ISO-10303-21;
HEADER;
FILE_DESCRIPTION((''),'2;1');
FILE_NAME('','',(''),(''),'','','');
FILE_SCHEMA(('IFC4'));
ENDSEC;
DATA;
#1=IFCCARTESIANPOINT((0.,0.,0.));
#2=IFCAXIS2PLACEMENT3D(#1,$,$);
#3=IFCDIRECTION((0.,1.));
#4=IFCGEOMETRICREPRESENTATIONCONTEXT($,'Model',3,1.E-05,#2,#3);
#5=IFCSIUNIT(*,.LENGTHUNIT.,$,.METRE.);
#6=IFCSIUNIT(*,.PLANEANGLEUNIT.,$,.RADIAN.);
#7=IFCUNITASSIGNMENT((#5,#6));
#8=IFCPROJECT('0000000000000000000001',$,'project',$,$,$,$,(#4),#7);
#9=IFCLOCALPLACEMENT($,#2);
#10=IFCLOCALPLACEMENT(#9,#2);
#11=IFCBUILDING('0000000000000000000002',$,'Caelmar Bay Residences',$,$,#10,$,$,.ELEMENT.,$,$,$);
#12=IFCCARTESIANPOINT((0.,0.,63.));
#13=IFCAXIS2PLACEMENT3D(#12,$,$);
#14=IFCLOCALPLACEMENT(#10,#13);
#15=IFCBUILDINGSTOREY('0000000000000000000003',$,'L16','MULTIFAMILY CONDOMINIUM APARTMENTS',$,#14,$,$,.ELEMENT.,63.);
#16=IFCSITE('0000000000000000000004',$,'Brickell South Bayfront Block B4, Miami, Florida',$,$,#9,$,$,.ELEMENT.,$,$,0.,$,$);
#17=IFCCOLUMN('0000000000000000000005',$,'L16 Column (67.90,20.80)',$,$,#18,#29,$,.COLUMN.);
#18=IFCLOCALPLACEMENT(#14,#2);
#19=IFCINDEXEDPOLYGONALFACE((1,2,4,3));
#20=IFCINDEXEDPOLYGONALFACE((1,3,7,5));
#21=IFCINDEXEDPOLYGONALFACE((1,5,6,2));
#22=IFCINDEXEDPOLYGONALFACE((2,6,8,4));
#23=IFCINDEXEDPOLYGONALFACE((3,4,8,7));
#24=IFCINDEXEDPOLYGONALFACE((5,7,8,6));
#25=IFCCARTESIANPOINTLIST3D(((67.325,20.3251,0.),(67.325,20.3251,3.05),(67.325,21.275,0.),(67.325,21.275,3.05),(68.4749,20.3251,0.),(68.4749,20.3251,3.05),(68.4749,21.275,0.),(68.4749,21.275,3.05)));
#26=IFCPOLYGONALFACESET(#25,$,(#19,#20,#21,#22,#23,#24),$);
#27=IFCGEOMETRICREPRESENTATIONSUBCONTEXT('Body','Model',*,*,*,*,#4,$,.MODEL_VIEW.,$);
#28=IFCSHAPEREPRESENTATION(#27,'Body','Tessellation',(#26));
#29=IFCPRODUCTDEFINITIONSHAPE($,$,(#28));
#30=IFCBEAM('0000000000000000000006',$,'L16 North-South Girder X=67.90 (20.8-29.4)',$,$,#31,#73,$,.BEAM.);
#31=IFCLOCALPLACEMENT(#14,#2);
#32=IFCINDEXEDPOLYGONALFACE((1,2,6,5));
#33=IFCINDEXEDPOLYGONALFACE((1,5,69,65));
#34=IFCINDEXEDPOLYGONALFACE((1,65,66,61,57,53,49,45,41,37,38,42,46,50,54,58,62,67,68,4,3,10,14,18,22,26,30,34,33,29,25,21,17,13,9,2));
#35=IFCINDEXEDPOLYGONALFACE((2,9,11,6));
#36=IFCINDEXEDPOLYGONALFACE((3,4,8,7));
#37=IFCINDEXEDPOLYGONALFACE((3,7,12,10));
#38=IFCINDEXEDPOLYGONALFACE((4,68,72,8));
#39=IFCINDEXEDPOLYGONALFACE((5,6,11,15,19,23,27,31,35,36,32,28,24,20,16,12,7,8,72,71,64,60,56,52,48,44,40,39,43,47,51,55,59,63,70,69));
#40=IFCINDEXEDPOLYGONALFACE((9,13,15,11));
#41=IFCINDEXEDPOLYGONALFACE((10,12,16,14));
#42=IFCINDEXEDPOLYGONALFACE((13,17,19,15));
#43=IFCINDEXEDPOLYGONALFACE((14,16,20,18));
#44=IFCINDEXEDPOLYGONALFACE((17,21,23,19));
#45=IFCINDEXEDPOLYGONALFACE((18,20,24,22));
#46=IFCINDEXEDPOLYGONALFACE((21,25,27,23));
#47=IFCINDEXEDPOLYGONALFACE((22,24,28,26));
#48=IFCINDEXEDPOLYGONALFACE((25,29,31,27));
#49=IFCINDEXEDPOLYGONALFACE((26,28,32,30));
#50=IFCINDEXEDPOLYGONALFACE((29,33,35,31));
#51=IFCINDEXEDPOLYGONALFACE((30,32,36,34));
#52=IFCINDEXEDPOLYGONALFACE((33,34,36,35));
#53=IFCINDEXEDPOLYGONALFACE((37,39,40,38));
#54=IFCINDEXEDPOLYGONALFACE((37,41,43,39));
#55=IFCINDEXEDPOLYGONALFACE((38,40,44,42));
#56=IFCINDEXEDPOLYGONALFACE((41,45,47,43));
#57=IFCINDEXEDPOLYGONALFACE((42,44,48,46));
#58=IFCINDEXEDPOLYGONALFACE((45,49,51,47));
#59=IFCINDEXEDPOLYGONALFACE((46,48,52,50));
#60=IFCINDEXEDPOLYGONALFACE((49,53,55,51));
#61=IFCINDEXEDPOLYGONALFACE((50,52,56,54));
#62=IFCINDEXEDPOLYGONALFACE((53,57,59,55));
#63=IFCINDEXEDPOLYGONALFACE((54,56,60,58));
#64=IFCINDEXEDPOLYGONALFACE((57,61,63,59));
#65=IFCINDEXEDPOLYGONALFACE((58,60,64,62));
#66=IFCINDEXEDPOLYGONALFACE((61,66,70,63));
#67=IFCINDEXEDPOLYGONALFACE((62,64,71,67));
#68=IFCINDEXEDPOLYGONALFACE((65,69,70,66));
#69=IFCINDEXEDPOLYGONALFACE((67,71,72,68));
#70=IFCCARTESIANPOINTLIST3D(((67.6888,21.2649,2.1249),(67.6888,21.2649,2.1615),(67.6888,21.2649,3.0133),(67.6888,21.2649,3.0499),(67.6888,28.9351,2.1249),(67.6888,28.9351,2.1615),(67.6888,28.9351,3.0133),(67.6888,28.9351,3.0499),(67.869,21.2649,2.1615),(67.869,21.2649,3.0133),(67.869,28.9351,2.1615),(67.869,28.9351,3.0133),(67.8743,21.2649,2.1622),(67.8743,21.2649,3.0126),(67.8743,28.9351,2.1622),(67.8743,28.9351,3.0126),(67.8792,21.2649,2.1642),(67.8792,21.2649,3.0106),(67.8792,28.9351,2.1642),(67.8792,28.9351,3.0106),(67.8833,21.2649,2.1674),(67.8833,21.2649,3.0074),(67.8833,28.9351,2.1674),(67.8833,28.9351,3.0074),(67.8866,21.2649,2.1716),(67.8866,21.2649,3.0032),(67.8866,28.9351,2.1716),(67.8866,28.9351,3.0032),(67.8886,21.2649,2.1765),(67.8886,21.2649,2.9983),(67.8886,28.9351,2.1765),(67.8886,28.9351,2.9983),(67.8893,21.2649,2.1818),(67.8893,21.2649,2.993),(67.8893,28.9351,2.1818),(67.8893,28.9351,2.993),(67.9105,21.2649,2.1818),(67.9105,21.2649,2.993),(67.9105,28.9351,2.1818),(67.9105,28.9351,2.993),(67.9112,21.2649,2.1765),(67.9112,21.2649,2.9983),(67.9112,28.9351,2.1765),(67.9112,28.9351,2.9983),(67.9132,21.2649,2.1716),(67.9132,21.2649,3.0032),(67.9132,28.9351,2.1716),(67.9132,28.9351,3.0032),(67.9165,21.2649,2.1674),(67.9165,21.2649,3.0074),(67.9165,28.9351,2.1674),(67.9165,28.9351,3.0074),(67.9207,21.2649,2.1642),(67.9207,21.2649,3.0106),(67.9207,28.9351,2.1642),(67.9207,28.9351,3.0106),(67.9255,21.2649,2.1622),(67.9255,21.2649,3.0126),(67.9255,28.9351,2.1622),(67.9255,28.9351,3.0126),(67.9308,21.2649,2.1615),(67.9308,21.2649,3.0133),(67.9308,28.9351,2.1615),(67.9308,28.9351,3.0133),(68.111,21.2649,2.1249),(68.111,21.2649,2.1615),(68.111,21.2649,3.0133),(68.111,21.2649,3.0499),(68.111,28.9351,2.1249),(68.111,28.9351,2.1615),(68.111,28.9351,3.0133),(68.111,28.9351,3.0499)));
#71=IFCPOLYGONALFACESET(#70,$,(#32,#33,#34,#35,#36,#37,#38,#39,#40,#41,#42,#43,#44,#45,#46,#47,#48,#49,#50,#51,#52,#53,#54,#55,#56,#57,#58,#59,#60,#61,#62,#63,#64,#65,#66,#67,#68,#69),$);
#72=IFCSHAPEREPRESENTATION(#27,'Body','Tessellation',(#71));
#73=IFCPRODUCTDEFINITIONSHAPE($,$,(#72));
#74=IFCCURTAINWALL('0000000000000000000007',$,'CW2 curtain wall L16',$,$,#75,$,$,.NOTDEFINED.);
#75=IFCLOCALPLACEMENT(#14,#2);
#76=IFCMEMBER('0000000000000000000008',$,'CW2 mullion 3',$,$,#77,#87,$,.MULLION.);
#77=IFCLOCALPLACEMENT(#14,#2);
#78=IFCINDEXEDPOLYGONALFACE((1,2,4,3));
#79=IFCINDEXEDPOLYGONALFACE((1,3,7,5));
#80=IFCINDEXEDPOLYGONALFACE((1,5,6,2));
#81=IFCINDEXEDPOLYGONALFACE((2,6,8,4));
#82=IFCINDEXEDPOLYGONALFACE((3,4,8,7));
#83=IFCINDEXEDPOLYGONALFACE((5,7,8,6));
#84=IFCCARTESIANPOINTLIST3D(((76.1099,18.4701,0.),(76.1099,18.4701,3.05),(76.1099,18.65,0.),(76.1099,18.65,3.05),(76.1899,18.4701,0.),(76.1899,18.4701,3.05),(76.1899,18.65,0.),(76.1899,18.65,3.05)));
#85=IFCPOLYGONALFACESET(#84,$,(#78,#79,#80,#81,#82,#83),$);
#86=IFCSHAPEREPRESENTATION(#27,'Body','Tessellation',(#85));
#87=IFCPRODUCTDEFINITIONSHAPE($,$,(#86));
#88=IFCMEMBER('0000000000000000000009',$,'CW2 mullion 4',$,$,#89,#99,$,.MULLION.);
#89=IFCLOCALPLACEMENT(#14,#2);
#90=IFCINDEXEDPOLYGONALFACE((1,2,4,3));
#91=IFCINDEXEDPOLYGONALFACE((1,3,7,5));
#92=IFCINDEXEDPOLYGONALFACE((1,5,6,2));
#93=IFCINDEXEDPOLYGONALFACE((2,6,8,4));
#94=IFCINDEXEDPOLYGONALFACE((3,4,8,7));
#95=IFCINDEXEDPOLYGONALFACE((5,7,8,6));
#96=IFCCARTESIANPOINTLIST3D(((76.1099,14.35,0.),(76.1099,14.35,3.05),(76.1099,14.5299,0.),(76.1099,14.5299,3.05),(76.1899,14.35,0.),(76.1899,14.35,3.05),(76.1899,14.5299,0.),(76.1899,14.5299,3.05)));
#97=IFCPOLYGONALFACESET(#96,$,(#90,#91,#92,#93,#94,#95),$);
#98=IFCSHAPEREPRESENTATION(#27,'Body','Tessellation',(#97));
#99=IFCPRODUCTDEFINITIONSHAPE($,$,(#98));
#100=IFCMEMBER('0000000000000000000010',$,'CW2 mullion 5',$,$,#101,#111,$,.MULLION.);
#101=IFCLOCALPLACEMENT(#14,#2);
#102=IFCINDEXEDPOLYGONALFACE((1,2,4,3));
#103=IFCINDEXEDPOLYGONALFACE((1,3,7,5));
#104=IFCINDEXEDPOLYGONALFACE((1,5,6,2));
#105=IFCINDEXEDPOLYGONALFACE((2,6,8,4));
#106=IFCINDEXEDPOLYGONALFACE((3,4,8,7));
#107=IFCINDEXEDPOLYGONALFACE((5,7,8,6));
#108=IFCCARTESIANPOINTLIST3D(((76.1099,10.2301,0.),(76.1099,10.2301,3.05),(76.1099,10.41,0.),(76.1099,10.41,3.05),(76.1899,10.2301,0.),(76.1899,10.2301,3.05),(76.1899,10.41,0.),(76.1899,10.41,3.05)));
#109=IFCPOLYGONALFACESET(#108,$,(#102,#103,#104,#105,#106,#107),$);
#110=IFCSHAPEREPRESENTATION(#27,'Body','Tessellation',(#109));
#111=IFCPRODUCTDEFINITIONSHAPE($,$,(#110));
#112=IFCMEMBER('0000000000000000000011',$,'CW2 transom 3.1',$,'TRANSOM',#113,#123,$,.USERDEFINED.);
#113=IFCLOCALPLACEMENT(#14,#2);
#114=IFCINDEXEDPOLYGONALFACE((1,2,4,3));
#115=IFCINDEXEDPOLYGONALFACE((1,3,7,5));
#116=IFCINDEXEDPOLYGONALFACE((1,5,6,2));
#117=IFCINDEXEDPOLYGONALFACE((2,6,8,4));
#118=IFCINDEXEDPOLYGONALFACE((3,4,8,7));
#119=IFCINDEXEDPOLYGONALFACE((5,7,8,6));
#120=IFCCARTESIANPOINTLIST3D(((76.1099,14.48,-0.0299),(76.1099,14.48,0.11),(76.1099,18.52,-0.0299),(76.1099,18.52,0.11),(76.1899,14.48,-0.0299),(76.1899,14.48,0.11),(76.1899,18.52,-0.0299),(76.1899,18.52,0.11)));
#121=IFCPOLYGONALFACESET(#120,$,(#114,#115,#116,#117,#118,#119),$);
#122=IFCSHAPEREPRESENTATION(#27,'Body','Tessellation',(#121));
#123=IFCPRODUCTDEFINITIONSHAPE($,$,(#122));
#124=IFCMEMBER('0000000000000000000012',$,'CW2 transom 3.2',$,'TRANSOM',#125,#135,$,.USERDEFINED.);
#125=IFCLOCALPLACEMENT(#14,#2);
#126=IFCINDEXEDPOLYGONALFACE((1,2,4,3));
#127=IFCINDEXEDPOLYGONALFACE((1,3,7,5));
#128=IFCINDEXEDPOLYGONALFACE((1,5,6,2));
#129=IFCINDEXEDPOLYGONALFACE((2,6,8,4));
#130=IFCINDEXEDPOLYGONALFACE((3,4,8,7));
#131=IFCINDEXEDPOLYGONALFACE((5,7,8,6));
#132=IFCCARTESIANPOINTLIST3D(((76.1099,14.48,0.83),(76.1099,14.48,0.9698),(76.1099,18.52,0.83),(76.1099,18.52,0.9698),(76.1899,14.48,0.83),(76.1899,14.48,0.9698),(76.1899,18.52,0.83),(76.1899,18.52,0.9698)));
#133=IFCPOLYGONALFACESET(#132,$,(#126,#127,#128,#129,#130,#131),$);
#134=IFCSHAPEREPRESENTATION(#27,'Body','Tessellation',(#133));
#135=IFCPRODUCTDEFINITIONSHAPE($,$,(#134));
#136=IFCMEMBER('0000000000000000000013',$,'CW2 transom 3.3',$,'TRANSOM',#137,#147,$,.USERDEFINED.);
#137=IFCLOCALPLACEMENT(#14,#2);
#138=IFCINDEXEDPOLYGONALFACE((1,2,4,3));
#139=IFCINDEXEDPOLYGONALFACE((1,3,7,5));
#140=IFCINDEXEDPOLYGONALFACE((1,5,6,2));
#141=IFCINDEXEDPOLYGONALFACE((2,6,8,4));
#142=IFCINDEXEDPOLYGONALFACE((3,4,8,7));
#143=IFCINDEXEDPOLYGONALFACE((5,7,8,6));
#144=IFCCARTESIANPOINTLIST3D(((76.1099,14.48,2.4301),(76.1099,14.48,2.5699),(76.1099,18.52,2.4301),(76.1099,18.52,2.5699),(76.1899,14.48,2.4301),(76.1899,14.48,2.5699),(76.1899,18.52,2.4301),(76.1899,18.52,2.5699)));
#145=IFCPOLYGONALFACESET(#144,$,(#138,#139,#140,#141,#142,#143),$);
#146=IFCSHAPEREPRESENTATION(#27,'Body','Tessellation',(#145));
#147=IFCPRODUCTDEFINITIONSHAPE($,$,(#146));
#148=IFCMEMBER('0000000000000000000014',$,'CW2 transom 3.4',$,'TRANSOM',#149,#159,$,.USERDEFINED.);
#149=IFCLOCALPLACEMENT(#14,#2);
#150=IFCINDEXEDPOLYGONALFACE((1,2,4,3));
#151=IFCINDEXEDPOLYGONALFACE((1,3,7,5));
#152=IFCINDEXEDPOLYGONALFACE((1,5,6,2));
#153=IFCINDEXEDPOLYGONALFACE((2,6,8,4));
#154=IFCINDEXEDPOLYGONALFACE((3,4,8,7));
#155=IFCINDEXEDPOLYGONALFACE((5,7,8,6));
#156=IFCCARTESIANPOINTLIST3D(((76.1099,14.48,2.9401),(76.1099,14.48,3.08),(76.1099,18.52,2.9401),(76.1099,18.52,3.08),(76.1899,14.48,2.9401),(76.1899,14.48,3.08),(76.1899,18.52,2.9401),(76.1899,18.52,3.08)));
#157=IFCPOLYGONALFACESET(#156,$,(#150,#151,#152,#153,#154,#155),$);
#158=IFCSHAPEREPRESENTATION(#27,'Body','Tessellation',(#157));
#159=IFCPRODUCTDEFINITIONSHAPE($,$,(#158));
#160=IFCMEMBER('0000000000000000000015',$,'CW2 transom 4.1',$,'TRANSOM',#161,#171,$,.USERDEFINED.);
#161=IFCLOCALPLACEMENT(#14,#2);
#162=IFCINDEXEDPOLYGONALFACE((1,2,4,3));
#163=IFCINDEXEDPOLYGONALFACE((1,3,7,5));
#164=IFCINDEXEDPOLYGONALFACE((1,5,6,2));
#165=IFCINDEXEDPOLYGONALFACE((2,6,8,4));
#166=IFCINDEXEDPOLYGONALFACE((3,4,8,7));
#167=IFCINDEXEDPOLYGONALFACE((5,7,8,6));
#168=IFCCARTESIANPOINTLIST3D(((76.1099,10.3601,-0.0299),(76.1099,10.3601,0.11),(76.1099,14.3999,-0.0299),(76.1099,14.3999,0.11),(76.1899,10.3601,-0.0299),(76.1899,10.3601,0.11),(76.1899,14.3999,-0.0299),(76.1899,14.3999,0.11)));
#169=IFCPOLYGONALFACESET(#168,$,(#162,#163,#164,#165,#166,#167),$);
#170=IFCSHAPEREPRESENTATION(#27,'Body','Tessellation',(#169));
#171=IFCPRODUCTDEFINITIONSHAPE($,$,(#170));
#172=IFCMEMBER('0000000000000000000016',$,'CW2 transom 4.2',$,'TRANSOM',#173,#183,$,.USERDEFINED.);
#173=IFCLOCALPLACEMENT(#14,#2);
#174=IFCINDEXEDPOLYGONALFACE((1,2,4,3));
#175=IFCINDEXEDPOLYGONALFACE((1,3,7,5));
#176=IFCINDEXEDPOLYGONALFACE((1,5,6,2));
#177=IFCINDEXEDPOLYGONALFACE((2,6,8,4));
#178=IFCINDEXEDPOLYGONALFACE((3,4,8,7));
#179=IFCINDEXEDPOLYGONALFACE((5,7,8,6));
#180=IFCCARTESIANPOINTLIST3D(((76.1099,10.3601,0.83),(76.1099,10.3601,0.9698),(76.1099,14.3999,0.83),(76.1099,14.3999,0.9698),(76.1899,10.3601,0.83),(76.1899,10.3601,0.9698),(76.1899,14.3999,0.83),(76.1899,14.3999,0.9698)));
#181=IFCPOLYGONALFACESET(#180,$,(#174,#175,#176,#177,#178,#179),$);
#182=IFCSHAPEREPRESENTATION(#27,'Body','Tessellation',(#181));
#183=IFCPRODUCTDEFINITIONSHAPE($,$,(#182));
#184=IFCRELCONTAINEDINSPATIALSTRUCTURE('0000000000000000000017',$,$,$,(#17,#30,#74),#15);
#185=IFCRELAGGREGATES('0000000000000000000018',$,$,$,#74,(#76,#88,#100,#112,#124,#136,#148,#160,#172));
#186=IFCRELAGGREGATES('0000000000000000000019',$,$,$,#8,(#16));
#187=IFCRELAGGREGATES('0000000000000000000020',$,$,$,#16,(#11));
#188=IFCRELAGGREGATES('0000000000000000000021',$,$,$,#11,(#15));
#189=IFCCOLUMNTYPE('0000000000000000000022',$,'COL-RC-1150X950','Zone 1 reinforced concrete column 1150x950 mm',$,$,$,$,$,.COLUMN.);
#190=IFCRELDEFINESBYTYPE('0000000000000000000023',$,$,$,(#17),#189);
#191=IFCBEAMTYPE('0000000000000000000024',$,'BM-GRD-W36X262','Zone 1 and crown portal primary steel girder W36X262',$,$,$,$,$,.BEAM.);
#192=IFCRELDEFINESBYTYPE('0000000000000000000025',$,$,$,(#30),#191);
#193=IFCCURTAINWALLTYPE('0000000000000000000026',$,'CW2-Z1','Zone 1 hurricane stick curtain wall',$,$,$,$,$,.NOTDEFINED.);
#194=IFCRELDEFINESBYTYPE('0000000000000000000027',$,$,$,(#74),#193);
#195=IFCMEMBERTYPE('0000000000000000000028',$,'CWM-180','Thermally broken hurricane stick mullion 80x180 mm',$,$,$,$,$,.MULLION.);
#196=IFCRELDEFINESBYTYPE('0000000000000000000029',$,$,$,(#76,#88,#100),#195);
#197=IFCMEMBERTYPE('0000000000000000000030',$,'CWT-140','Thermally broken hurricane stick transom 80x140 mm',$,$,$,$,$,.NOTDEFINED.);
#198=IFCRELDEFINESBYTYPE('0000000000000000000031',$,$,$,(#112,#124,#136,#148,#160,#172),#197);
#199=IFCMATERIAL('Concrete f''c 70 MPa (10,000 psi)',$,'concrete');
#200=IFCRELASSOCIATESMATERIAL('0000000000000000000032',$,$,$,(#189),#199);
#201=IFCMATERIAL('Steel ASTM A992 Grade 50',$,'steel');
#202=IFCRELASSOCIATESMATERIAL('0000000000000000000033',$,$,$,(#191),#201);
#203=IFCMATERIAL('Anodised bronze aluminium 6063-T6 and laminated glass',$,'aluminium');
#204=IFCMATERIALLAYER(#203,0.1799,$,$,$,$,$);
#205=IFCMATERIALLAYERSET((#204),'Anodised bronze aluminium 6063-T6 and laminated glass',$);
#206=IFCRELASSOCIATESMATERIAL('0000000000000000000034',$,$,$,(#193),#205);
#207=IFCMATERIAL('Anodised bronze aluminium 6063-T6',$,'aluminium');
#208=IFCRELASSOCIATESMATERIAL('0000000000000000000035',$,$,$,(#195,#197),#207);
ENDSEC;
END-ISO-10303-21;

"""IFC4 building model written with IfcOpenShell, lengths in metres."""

from ifc_helpers import new_model, si_unit, direction, frame, origin, origin_2d, place, context, subcontext, project, spatial, rectangle, i_section, extrude, material, layer, layer_set, material_profile, profile_set, type_object, element, aggregate, save


model = new_model("IFC4")

# Units and contexts
model_context = context("Model", 3, precision=1e-05, world=origin(), true_north=direction((0.0, 1.0)))
body_context = subcontext(model_context, "Body", "Model", "MODEL_VIEW")
ifc_project = project(units=[si_unit("LENGTHUNIT", "METRE"), si_unit("PLANEANGLEUNIT", "RADIAN")], contexts=[model_context])

# Site, building, storey
site_placement = place(None, origin())
site = spatial("IfcSite", under=ifc_project, at=site_placement, Name="Brickell South Bayfront Block B4, Miami, Florida", CompositionType="ELEMENT", RefElevation=0.0)
building_placement = place(site_placement, origin())
building = spatial("IfcBuilding", under=site, at=building_placement, Name="Caelmar Bay Residences", CompositionType="ELEMENT")
storey_placement = place(building_placement, frame((0.0, 0.0, 63.0)))
storey = spatial("IfcBuildingStorey", under=building, at=storey_placement, Name="L16", Description="MULTIFAMILY CONDOMINIUM APARTMENTS", CompositionType="ELEMENT", Elevation=63.0)

# Column
ifc_material_1 = material(Name="Concrete f'c 70 MPa (10,000 psi)", Category="concrete")
ifc_material_profile_1 = material_profile(ifc_material_1, rectangle(XDim=1.1499, YDim=0.95, at=origin_2d()), Name="RC-COL-1150X950")
ifc_profile_set_1 = profile_set([ifc_material_profile_1], Name="Concrete f'c 70 MPa (10,000 psi)")
column_type = type_object("IfcColumnType", Name="COL-RC-1150X950", Description="Zone 1 reinforced concrete column 1150x950 mm", PredefinedType="COLUMN", material=ifc_profile_set_1)
column_placement = place(storey_placement, frame((67.8999, 20.8, 0.0), z_axis=(0.0, 0.0, 1.0), x_axis=(1.0, 0.0, 0.0)))
element("IfcColumn", 1, at=column_placement, inside=storey, type_object=column_type, Name="L16 Column (67.90,20.80)", PredefinedType="COLUMN", context=body_context, shape_type="SweptSolid", body=[
    extrude(rectangle(XDim=1.1499, YDim=0.95, at=origin_2d()), origin(), (0.0, 0.0, 1.0), 3.05),
])

# Beam
ifc_material_2 = material(Name="Steel ASTM A992 Grade 50", Category="steel")
ifc_material_profile_2 = material_profile(ifc_material_2, i_section(OverallWidth=0.4221, OverallDepth=0.925, WebThickness=0.0212, FlangeThickness=0.0366, FilletRadius=0.0203, at=origin_2d()), Name="W36X262")
ifc_profile_set_2 = profile_set([ifc_material_profile_2], Name="Steel ASTM A992 Grade 50")
beam_type = type_object("IfcBeamType", Name="BM-GRD-W36X262", Description="Zone 1 and crown portal primary steel girder W36X262", PredefinedType="BEAM", material=ifc_profile_set_2)
beam_placement = place(storey_placement, frame((67.8999, 21.2649, 2.5874), z_axis=(0.0, 1.0, 0.0), x_axis=(-1.0, 0.0, 0.0)))
element("IfcBeam", 2, at=beam_placement, inside=storey, type_object=beam_type, Name="L16 North-South Girder X=67.90 (20.8-29.4)", PredefinedType="BEAM", context=body_context, shape_type="SweptSolid", body=[
    extrude(i_section(OverallWidth=0.4221, OverallDepth=0.925, WebThickness=0.0212, FlangeThickness=0.0366, FilletRadius=0.0203, at=origin_2d()), origin(), (0.0, 0.0, 1.0), 7.6702),
])

# Curtain wall, members
ifc_material_3 = material(Name="Anodised bronze aluminium 6063-T6 and laminated glass", Category="aluminium")
ifc_layer_1 = layer(ifc_material_3, 0.1799)
ifc_layer_set_1 = layer_set([ifc_layer_1], Name="Anodised bronze aluminium 6063-T6 and laminated glass")
curtain_wall_type = type_object("IfcCurtainWallType", Name="CW2-Z1", Description="Zone 1 hurricane stick curtain wall", PredefinedType="NOTDEFINED", material=ifc_layer_set_1)
curtain_wall_placement = place(storey_placement, origin())
curtain_wall = element("IfcCurtainWall", 3, at=curtain_wall_placement, inside=storey, type_object=curtain_wall_type, Name="CW2 curtain wall L16", PredefinedType="NOTDEFINED")
ifc_material_4 = material(Name="Anodised bronze aluminium 6063-T6", Category="aluminium")
ifc_material_profile_3 = material_profile(ifc_material_4, rectangle(XDim=0.0801, YDim=0.1799, at=origin_2d()), Name="CWM-80X180")
ifc_profile_set_3 = profile_set([ifc_material_profile_3], Name="Anodised bronze aluminium 6063-T6")
member_type_1 = type_object("IfcMemberType", Name="CWM-180", Description="Thermally broken hurricane stick mullion 80x180 mm", PredefinedType="MULLION", material=ifc_profile_set_3)
member_1_placement = place(storey_placement, frame((76.1499, 18.5601, 0.0), z_axis=(0.0, 0.0, 1.0), x_axis=(1.0, 0.0, 0.0)))
member_1 = element("IfcMember", 4, at=member_1_placement, type_object=member_type_1, Name="CW2 mullion 3", PredefinedType="MULLION", context=body_context, shape_type="SweptSolid", body=[
    extrude(rectangle(XDim=0.0801, YDim=0.1799, at=origin_2d()), origin(), (0.0, 0.0, 1.0), 3.05),
])
member_2_placement = place(storey_placement, frame((76.1499, 14.4399, 0.0), z_axis=(0.0, 0.0, 1.0), x_axis=(1.0, 0.0, 0.0)))
member_2 = element("IfcMember", 5, at=member_2_placement, type_object=member_type_1, Name="CW2 mullion 4", PredefinedType="MULLION", context=body_context, shape_type="SweptSolid", body=[
    extrude(rectangle(XDim=0.0801, YDim=0.1799, at=origin_2d()), origin(), (0.0, 0.0, 1.0), 3.05),
])
member_3_placement = place(storey_placement, frame((76.1499, 10.3201, 0.0), z_axis=(0.0, 0.0, 1.0), x_axis=(1.0, 0.0, 0.0)))
member_3 = element("IfcMember", 6, at=member_3_placement, type_object=member_type_1, Name="CW2 mullion 5", PredefinedType="MULLION", context=body_context, shape_type="SweptSolid", body=[
    extrude(rectangle(XDim=0.0801, YDim=0.1799, at=origin_2d()), origin(), (0.0, 0.0, 1.0), 3.05),
])
ifc_material_profile_4 = material_profile(ifc_material_4, rectangle(XDim=0.0801, YDim=0.1399, at=origin_2d()), Name="CWT-80X140")
ifc_profile_set_4 = profile_set([ifc_material_profile_4], Name="Anodised bronze aluminium 6063-T6")
member_type_2 = type_object("IfcMemberType", Name="CWT-140", Description="Thermally broken hurricane stick transom 80x140 mm", PredefinedType="NOTDEFINED", material=ifc_profile_set_4)
member_4_placement = place(storey_placement, frame((76.1499, 18.52, 0.04), z_axis=(0.0, -1.0, 0.0), x_axis=(1.0, 0.0, 0.0)))
member_4 = element("IfcMember", 7, at=member_4_placement, type_object=member_type_2, Name="CW2 transom 3.1", ObjectType="TRANSOM", PredefinedType="USERDEFINED", context=body_context, shape_type="SweptSolid", body=[
    extrude(rectangle(XDim=0.0801, YDim=0.1399, at=origin_2d()), origin(), (0.0, 0.0, 1.0), 4.04),
])
member_5_placement = place(storey_placement, frame((76.1499, 18.52, 0.8999), z_axis=(0.0, -1.0, 0.0), x_axis=(1.0, 0.0, 0.0)))
member_5 = element("IfcMember", 8, at=member_5_placement, type_object=member_type_2, Name="CW2 transom 3.2", ObjectType="TRANSOM", PredefinedType="USERDEFINED", context=body_context, shape_type="SweptSolid", body=[
    extrude(rectangle(XDim=0.0801, YDim=0.1399, at=origin_2d()), origin(), (0.0, 0.0, 1.0), 4.04),
])
member_6_placement = place(storey_placement, frame((76.1499, 18.52, 2.5), z_axis=(0.0, -1.0, 0.0), x_axis=(1.0, 0.0, 0.0)))
member_6 = element("IfcMember", 9, at=member_6_placement, type_object=member_type_2, Name="CW2 transom 3.3", ObjectType="TRANSOM", PredefinedType="USERDEFINED", context=body_context, shape_type="SweptSolid", body=[
    extrude(rectangle(XDim=0.0801, YDim=0.1399, at=origin_2d()), origin(), (0.0, 0.0, 1.0), 4.04),
])
member_7_placement = place(storey_placement, frame((76.1499, 18.52, 3.01), z_axis=(0.0, -1.0, 0.0), x_axis=(1.0, 0.0, 0.0)))
member_7 = element("IfcMember", 10, at=member_7_placement, type_object=member_type_2, Name="CW2 transom 3.4", ObjectType="TRANSOM", PredefinedType="USERDEFINED", context=body_context, shape_type="SweptSolid", body=[
    extrude(rectangle(XDim=0.0801, YDim=0.1399, at=origin_2d()), origin(), (0.0, 0.0, 1.0), 4.04),
])
member_8_placement = place(storey_placement, frame((76.1499, 14.3999, 0.04), z_axis=(0.0, -1.0, 0.0), x_axis=(1.0, 0.0, 0.0)))
member_8 = element("IfcMember", 11, at=member_8_placement, type_object=member_type_2, Name="CW2 transom 4.1", ObjectType="TRANSOM", PredefinedType="USERDEFINED", context=body_context, shape_type="SweptSolid", body=[
    extrude(rectangle(XDim=0.0801, YDim=0.1399, at=origin_2d()), origin(), (0.0, 0.0, 1.0), 4.0398),
])
member_9_placement = place(storey_placement, frame((76.1499, 14.3999, 0.8999), z_axis=(0.0, -1.0, 0.0), x_axis=(1.0, 0.0, 0.0)))
member_9 = element("IfcMember", 12, at=member_9_placement, type_object=member_type_2, Name="CW2 transom 4.2", ObjectType="TRANSOM", PredefinedType="USERDEFINED", context=body_context, shape_type="SweptSolid", body=[
    extrude(rectangle(XDim=0.0801, YDim=0.1399, at=origin_2d()), origin(), (0.0, 0.0, 1.0), 4.0398),
])
aggregate(curtain_wall, [member_1, member_2, member_3, member_4, member_5, member_6, member_7, member_8, member_9])

save(model, "model.ifc")
